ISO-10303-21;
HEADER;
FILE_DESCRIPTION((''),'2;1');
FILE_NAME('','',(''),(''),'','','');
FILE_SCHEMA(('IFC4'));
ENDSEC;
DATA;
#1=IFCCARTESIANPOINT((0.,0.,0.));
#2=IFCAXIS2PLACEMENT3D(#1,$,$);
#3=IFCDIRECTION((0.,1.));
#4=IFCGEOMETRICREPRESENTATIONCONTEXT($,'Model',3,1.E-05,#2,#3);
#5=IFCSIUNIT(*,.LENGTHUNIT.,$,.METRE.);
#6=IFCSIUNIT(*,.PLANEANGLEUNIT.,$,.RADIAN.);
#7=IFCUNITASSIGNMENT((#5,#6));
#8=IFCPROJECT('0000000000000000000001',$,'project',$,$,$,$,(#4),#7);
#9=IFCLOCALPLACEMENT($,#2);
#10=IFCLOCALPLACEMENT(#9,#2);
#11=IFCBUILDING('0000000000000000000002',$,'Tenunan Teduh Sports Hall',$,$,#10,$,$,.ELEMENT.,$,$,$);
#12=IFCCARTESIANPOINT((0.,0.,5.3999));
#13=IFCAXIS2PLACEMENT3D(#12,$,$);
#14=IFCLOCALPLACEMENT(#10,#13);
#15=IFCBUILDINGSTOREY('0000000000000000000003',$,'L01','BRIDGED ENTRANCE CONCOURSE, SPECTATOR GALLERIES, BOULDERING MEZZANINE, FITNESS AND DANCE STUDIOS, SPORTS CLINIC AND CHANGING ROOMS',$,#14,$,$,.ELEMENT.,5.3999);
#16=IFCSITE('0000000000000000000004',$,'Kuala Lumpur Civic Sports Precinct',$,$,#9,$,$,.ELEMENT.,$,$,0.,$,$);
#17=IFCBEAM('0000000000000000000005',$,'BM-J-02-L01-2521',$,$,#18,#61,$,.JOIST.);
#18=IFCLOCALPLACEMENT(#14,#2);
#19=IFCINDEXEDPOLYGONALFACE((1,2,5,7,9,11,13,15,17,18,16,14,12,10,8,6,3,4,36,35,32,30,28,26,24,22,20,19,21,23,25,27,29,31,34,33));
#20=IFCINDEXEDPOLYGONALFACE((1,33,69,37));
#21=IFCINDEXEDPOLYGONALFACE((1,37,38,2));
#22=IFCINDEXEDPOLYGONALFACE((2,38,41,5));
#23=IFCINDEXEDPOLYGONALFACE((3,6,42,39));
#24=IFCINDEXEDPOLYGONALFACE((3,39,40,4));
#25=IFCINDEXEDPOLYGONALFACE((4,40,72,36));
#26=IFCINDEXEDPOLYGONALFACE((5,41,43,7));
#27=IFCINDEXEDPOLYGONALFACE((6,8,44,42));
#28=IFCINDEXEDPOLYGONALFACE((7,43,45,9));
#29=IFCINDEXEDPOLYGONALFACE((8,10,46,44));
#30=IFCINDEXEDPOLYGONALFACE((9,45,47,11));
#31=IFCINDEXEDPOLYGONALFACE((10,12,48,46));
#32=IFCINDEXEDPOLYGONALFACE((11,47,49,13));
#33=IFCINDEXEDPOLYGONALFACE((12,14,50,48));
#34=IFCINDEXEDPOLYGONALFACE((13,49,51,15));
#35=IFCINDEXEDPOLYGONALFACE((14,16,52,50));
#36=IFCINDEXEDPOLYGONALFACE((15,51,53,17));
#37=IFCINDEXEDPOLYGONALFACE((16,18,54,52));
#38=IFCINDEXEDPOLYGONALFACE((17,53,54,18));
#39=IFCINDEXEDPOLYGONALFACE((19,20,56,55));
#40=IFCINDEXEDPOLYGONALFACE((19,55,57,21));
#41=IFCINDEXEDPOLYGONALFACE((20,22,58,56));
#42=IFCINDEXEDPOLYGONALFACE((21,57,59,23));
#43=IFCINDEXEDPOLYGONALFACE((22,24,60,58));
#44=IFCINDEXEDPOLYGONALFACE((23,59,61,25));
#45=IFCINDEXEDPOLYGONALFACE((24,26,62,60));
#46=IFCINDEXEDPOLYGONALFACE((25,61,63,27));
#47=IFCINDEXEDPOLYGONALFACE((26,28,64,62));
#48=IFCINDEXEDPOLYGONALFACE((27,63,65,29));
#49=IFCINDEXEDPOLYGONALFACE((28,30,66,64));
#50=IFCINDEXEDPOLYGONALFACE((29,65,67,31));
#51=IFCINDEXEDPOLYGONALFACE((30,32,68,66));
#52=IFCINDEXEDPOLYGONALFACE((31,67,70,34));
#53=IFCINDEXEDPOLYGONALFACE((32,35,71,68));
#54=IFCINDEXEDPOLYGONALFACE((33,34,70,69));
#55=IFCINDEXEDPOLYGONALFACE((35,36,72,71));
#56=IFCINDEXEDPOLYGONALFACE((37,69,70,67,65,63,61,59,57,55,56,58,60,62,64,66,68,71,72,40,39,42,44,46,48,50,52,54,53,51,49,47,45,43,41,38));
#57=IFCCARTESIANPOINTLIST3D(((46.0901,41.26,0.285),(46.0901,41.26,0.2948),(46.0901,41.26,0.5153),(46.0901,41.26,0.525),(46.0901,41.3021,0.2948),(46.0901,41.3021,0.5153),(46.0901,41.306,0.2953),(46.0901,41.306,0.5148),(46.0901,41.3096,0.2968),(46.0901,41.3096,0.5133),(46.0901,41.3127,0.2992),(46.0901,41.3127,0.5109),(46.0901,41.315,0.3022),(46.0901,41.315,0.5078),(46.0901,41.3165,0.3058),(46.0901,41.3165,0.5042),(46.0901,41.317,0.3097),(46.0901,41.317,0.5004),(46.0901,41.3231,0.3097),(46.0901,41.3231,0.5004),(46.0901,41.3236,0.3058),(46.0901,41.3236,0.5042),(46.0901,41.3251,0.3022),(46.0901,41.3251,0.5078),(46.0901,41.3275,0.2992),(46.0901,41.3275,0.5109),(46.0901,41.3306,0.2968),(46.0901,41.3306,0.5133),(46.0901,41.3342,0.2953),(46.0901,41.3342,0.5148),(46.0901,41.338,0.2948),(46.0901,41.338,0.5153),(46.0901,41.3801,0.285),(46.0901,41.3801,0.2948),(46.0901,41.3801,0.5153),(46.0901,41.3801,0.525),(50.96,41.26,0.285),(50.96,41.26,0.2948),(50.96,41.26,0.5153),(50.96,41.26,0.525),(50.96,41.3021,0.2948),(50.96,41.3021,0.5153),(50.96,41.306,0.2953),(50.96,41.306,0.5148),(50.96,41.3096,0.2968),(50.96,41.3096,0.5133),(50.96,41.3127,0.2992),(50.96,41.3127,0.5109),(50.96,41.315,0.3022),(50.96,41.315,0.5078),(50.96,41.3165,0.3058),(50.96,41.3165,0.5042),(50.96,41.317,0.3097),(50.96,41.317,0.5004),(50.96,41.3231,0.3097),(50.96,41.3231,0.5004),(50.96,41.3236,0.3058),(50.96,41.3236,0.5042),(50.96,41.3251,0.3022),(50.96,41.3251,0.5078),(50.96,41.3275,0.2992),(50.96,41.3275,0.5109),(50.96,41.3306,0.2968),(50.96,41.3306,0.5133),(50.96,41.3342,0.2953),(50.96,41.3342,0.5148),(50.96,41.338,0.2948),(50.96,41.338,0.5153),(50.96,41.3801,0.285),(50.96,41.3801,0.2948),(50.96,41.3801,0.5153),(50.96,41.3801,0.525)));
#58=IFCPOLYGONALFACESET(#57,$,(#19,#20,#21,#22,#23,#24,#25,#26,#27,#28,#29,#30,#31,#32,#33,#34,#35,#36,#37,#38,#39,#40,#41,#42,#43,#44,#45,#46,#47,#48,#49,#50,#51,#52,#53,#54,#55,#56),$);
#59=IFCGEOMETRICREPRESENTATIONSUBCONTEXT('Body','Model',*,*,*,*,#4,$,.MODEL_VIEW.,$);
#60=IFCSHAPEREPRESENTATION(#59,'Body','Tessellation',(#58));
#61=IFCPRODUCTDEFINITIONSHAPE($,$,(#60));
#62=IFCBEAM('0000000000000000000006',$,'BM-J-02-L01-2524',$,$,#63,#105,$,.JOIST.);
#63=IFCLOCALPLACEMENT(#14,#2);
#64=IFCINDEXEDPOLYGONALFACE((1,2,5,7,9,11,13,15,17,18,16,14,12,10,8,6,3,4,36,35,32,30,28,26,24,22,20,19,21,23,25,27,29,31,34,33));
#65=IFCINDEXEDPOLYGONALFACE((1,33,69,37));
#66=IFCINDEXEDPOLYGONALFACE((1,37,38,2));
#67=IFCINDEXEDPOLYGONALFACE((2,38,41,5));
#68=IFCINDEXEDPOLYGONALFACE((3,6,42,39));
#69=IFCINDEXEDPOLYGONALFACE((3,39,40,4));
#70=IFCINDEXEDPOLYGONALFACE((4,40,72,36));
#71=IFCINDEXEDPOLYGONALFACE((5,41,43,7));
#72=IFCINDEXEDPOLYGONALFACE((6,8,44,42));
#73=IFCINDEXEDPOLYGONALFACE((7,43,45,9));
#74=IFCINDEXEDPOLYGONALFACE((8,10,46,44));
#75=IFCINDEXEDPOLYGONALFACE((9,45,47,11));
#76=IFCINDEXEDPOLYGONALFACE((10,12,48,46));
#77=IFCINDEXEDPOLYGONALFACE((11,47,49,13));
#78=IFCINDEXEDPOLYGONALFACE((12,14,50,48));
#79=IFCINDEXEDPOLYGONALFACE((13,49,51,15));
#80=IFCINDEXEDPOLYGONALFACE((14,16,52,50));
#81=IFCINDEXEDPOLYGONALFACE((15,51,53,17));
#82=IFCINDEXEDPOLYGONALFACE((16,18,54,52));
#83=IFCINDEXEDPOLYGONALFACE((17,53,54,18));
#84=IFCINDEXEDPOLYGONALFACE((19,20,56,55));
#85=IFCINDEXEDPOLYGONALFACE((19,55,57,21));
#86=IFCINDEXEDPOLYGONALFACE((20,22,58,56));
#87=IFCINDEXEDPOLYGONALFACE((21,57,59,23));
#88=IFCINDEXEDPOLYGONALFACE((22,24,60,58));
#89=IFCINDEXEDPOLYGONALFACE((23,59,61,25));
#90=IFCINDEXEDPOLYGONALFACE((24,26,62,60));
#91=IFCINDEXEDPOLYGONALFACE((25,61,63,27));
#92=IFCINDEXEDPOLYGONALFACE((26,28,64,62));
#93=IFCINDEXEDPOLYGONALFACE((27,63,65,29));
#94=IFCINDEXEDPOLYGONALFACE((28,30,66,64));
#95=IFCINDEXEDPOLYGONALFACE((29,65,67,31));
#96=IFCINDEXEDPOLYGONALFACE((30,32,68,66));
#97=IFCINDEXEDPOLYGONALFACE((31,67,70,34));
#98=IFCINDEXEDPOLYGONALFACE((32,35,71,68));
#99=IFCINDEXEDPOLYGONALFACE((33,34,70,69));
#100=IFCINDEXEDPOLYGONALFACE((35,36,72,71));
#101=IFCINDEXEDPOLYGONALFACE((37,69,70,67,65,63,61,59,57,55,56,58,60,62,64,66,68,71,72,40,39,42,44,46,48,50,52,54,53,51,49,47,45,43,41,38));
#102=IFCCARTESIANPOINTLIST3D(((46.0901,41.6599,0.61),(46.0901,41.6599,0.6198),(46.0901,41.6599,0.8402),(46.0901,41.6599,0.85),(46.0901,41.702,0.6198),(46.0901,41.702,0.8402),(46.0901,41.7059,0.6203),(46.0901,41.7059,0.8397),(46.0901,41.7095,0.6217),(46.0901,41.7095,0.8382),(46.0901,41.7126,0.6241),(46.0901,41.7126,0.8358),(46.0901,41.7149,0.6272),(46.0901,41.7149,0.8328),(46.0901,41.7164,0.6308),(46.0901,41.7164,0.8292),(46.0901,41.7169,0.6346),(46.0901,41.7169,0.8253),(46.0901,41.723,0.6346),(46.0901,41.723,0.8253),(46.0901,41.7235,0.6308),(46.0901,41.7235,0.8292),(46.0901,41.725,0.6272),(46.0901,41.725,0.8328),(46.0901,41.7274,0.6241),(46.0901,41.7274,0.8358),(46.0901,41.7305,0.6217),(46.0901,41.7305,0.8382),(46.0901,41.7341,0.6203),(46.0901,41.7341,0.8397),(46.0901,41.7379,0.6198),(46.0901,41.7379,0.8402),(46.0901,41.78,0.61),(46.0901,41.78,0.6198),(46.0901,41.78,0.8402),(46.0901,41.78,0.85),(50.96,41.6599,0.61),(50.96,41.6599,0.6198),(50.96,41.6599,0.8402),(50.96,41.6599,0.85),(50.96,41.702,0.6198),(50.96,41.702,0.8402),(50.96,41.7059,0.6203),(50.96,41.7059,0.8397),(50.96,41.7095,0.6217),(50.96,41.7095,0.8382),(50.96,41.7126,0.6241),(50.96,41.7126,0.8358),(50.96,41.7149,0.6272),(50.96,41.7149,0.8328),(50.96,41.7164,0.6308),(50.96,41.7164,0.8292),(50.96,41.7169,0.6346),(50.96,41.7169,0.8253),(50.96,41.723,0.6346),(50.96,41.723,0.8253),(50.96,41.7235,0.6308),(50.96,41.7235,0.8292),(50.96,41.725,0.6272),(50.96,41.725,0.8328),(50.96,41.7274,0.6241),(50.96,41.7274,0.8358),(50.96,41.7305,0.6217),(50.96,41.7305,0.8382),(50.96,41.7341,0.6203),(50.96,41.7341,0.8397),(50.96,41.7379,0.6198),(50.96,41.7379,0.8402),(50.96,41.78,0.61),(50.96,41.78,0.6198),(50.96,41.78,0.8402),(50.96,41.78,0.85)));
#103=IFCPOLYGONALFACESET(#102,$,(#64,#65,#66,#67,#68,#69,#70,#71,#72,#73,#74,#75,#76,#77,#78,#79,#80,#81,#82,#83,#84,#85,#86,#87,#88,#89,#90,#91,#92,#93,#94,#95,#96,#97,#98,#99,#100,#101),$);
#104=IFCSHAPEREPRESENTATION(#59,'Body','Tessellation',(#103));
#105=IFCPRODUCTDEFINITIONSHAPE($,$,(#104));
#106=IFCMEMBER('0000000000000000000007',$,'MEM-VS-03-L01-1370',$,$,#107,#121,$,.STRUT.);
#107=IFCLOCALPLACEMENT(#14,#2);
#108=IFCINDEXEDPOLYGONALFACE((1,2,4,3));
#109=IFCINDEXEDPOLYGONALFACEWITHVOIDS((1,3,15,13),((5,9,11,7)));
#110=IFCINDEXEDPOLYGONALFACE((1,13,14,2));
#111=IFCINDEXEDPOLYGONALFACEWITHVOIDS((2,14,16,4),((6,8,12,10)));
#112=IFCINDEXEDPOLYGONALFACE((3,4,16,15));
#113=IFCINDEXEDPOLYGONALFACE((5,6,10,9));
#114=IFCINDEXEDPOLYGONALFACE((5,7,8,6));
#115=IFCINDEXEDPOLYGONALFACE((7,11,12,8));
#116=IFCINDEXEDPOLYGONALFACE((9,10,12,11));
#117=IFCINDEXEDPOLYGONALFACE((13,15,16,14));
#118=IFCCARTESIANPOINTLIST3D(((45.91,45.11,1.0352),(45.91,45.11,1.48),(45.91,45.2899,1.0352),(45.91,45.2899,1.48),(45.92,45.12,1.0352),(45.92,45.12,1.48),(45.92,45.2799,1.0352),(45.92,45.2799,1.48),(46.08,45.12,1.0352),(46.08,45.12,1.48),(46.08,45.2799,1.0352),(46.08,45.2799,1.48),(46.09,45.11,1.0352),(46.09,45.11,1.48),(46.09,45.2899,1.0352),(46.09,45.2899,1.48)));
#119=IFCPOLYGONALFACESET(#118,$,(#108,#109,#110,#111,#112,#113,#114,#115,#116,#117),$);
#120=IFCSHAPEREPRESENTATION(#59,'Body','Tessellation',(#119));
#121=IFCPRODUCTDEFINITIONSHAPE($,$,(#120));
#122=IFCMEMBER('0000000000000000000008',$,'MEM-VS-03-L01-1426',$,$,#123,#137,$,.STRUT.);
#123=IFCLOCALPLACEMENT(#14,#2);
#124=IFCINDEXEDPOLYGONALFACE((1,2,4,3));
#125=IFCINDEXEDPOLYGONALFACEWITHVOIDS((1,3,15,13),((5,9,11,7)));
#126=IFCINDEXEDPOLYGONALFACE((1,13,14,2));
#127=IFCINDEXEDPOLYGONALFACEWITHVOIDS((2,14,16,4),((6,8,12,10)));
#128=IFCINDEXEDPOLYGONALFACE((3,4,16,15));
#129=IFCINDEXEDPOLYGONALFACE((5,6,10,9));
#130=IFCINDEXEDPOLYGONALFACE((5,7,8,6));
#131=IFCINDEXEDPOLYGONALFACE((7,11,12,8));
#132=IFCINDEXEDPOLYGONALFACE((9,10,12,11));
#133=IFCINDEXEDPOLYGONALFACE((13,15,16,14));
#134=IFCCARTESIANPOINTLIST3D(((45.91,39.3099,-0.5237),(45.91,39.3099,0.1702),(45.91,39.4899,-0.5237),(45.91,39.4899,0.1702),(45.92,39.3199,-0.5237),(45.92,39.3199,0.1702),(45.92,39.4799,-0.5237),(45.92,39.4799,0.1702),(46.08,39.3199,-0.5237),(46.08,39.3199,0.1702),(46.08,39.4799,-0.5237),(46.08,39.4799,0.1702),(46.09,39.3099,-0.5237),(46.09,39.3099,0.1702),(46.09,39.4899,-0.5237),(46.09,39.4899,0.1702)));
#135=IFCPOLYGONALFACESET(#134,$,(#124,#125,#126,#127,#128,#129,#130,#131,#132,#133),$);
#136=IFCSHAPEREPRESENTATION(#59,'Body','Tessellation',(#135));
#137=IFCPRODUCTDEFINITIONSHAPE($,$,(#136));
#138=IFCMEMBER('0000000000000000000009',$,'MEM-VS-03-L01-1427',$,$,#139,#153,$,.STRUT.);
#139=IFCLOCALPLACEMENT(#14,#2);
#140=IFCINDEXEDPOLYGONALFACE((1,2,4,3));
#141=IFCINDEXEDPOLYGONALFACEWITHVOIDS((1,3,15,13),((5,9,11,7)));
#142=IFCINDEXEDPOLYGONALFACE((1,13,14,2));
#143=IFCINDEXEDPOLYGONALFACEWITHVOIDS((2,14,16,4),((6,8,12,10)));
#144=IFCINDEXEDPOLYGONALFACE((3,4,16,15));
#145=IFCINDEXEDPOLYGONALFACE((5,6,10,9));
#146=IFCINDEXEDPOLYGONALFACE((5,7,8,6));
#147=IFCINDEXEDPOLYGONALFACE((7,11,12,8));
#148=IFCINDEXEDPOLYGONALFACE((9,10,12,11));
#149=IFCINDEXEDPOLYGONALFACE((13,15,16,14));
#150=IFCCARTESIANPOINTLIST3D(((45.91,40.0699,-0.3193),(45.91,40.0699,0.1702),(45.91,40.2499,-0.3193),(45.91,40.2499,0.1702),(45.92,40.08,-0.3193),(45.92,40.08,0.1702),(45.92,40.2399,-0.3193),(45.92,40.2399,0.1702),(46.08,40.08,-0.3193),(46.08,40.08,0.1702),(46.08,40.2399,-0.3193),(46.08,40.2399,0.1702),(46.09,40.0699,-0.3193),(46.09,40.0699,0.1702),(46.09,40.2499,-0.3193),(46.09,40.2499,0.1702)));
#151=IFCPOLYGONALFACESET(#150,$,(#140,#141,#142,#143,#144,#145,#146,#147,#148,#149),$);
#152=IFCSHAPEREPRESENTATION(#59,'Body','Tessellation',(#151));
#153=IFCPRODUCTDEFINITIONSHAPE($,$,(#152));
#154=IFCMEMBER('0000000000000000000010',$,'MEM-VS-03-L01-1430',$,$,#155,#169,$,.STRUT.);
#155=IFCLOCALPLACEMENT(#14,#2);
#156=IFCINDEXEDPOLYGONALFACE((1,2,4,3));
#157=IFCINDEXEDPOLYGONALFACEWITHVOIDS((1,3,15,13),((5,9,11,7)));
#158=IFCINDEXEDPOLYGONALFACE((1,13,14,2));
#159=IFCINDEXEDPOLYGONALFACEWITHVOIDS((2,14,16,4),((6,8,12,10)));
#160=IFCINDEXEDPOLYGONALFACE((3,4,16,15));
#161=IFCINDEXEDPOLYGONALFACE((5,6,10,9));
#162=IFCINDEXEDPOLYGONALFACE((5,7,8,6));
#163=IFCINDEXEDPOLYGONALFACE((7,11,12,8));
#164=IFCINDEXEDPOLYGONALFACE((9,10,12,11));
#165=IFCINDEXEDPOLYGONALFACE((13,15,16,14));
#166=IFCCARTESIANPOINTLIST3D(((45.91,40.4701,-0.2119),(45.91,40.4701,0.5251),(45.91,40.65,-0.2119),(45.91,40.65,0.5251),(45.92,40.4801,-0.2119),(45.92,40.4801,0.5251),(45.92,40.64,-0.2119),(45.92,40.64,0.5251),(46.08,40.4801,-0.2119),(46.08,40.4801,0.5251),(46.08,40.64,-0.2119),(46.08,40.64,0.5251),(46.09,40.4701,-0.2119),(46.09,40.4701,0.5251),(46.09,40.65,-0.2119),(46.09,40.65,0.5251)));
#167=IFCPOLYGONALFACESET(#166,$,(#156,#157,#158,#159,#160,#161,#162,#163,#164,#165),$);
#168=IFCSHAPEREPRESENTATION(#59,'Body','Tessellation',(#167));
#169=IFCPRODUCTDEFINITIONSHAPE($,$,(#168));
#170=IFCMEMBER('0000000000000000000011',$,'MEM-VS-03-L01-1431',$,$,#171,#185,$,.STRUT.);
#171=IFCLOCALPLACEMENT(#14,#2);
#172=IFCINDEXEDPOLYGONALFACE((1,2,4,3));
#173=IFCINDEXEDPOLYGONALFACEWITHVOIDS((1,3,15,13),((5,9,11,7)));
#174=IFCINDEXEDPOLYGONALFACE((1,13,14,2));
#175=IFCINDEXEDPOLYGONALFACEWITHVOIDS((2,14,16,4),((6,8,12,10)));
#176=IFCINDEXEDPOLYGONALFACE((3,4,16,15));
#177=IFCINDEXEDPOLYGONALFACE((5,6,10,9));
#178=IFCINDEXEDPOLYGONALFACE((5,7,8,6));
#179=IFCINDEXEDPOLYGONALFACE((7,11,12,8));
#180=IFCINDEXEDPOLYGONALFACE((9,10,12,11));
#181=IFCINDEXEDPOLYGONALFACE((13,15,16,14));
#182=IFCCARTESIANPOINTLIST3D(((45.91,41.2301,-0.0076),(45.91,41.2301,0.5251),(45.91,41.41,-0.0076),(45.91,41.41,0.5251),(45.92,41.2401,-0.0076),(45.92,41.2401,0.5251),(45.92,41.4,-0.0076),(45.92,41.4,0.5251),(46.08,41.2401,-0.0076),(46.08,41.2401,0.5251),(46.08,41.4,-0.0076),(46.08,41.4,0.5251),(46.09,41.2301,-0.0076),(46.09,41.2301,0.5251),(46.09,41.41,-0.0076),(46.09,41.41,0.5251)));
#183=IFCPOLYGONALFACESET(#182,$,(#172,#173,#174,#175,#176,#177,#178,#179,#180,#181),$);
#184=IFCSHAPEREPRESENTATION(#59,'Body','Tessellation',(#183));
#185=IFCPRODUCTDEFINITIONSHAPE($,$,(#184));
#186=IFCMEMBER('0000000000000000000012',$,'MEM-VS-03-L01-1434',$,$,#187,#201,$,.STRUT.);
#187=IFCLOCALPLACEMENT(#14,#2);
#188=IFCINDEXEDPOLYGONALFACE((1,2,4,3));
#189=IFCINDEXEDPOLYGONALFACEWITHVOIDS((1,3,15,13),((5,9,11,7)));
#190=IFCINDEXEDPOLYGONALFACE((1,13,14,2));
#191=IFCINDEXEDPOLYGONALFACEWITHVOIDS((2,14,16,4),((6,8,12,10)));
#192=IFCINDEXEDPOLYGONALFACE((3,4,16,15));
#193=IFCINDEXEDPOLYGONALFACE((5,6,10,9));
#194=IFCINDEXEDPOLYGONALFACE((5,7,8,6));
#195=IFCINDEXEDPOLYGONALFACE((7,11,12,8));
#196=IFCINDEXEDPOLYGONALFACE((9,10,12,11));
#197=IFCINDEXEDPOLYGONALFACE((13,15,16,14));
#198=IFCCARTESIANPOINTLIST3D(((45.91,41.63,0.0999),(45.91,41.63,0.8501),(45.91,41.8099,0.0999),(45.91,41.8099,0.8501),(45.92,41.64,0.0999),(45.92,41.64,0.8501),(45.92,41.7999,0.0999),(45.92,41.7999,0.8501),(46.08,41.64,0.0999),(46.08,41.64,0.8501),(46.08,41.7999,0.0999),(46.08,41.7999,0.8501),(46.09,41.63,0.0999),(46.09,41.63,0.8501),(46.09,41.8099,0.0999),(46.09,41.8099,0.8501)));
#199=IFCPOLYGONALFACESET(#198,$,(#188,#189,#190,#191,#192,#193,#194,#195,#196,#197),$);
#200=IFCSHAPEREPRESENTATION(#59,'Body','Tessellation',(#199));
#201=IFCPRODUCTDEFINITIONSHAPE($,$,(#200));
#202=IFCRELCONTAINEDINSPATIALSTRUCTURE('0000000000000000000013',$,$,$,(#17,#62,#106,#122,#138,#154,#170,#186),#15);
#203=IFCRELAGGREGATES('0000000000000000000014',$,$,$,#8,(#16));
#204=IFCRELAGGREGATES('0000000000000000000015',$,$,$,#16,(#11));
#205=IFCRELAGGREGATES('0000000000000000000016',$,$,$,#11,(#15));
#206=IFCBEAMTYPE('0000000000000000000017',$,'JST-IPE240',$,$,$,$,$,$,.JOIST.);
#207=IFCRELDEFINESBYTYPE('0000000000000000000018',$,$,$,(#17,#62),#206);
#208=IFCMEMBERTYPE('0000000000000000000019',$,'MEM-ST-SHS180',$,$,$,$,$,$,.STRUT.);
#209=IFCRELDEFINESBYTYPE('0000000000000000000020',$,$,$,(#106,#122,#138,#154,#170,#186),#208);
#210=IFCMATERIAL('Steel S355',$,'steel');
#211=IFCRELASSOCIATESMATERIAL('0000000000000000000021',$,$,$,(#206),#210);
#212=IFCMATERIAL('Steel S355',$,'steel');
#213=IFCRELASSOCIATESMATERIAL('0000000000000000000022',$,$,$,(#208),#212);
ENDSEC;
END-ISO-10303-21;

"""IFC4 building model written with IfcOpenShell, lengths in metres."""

from ifc_helpers import new_model, si_unit, direction, frame, origin, origin_2d, place, context, subcontext, project, spatial, hollow_rectangle, i_section, extrude, material, material_profile, profile_set, type_object, element, save


model = new_model("IFC4")

# Units and contexts
model_context = context("Model", 3, precision=1e-05, world=origin(), true_north=direction((0.0, 1.0)))
body_context = subcontext(model_context, "Body", "Model", "MODEL_VIEW")
ifc_project = project(units=[si_unit("LENGTHUNIT", "METRE"), si_unit("PLANEANGLEUNIT", "RADIAN")], contexts=[model_context])

# Site, building, storey
site_placement = place(None, origin())
site = spatial("IfcSite", under=ifc_project, at=site_placement, Name="Kuala Lumpur Civic Sports Precinct", CompositionType="ELEMENT", RefElevation=0.0)
building_placement = place(site_placement, origin())
building = spatial("IfcBuilding", under=site, at=building_placement, Name="Tenunan Teduh Sports Hall", CompositionType="ELEMENT")
storey_placement = place(building_placement, frame((0.0, 0.0, 5.3999)))
storey = spatial("IfcBuildingStorey", under=building, at=storey_placement, Name="L01", Description="BRIDGED ENTRANCE CONCOURSE, SPECTATOR GALLERIES, BOULDERING MEZZANINE, FITNESS AND DANCE STUDIOS, SPORTS CLINIC AND CHANGING ROOMS", CompositionType="ELEMENT", Elevation=5.3999)

# Beams
ifc_material_1 = material(Name="Steel S355", Category="steel")
ifc_material_profile_1 = material_profile(ifc_material_1, i_section(OverallWidth=0.1201, OverallDepth=0.24, WebThickness=0.0061, FlangeThickness=0.0098, FilletRadius=0.0149, at=origin_2d()), Name="IPE 240")
ifc_profile_set_1 = profile_set([ifc_material_profile_1], Name="Steel S355")
beam_type_1 = type_object("IfcBeamType", Name="JST-IPE240", PredefinedType="JOIST", material=ifc_profile_set_1)
for number, where, z_axis, x_axis, name in (
    (1, (46.0901, 41.3201, 0.405), (1.0, 0.0, 0.0), (0.0, 1.0, 0.0), "BM-J-02-L01-2521"),
    (2, (46.0901, 41.72, 0.73), (1.0, 0.0, 0.0), (0.0, 1.0, 0.0), "BM-J-02-L01-2524"),
):
    element("IfcBeam", number, at=place(storey_placement, frame(where, z_axis=z_axis, x_axis=x_axis)), inside=storey, type_object=beam_type_1, Name=name, PredefinedType="JOIST", context=body_context, shape_type="SweptSolid", body=[
        extrude(i_section(OverallWidth=0.1201, OverallDepth=0.24, WebThickness=0.0061, FlangeThickness=0.0098, FilletRadius=0.0149, at=origin_2d()), origin(), (0.0, 0.0, 1.0), 4.8699),
    ])

# Members
ifc_material_2 = material(Name="Steel S355", Category="steel")
ifc_material_profile_2 = material_profile(ifc_material_2, hollow_rectangle(XDim=0.1799, YDim=0.1799, WallThickness=0.01, at=origin_2d()), Name="SHS 180x180x10.0")
ifc_profile_set_2 = profile_set([ifc_material_profile_2], Name="Steel S355")
member_type_1 = type_object("IfcMemberType", Name="MEM-ST-SHS180", PredefinedType="STRUT", material=ifc_profile_set_2)
member_1_placement = place(storey_placement, frame((46.0, 45.2, 1.0352), z_axis=(0.0, 0.0, 1.0), x_axis=(1.0, 0.0, 0.0)))
element("IfcMember", 3, at=member_1_placement, inside=storey, type_object=member_type_1, Name="MEM-VS-03-L01-1370", PredefinedType="STRUT", context=body_context, shape_type="SweptSolid", body=[
    extrude(hollow_rectangle(XDim=0.1799, YDim=0.1799, WallThickness=0.01, at=origin_2d()), origin(), (0.0, 0.0, 1.0), 0.4448),
])
member_2_placement = place(storey_placement, frame((46.0, 39.3999, -0.5237), z_axis=(0.0, 0.0, 1.0), x_axis=(1.0, 0.0, 0.0)))
element("IfcMember", 4, at=member_2_placement, inside=storey, type_object=member_type_1, Name="MEM-VS-03-L01-1426", PredefinedType="STRUT", context=body_context, shape_type="SweptSolid", body=[
    extrude(hollow_rectangle(XDim=0.1799, YDim=0.1799, WallThickness=0.01, at=origin_2d()), origin(), (0.0, 0.0, 1.0), 0.6938),
])
member_3_placement = place(storey_placement, frame((46.0, 40.1599, -0.3193), z_axis=(0.0, 0.0, 1.0), x_axis=(1.0, 0.0, 0.0)))
element("IfcMember", 5, at=member_3_placement, inside=storey, type_object=member_type_1, Name="MEM-VS-03-L01-1427", PredefinedType="STRUT", context=body_context, shape_type="SweptSolid", body=[
    extrude(hollow_rectangle(XDim=0.1799, YDim=0.1799, WallThickness=0.01, at=origin_2d()), origin(), (0.0, 0.0, 1.0), 0.4895),
])
member_4_placement = place(storey_placement, frame((46.0, 40.5601, -0.2119), z_axis=(0.0, 0.0, 1.0), x_axis=(1.0, 0.0, 0.0)))
element("IfcMember", 6, at=member_4_placement, inside=storey, type_object=member_type_1, Name="MEM-VS-03-L01-1430", PredefinedType="STRUT", context=body_context, shape_type="SweptSolid", body=[
    extrude(hollow_rectangle(XDim=0.1799, YDim=0.1799, WallThickness=0.01, at=origin_2d()), origin(), (0.0, 0.0, 1.0), 0.7371),
])
member_5_placement = place(storey_placement, frame((46.0, 41.3201, -0.0076), z_axis=(0.0, 0.0, 1.0), x_axis=(1.0, 0.0, 0.0)))
element("IfcMember", 7, at=member_5_placement, inside=storey, type_object=member_type_1, Name="MEM-VS-03-L01-1431", PredefinedType="STRUT", context=body_context, shape_type="SweptSolid", body=[
    extrude(hollow_rectangle(XDim=0.1799, YDim=0.1799, WallThickness=0.01, at=origin_2d()), origin(), (0.0, 0.0, 1.0), 0.5327),
])
member_6_placement = place(storey_placement, frame((46.0, 41.72, 0.0999), z_axis=(0.0, 0.0, 1.0), x_axis=(1.0, 0.0, 0.0)))
element("IfcMember", 8, at=member_6_placement, inside=storey, type_object=member_type_1, Name="MEM-VS-03-L01-1434", PredefinedType="STRUT", context=body_context, shape_type="SweptSolid", body=[
    extrude(hollow_rectangle(XDim=0.1799, YDim=0.1799, WallThickness=0.01, at=origin_2d()), origin(), (0.0, 0.0, 1.0), 0.7502),
])

save(model, "model.ifc")
